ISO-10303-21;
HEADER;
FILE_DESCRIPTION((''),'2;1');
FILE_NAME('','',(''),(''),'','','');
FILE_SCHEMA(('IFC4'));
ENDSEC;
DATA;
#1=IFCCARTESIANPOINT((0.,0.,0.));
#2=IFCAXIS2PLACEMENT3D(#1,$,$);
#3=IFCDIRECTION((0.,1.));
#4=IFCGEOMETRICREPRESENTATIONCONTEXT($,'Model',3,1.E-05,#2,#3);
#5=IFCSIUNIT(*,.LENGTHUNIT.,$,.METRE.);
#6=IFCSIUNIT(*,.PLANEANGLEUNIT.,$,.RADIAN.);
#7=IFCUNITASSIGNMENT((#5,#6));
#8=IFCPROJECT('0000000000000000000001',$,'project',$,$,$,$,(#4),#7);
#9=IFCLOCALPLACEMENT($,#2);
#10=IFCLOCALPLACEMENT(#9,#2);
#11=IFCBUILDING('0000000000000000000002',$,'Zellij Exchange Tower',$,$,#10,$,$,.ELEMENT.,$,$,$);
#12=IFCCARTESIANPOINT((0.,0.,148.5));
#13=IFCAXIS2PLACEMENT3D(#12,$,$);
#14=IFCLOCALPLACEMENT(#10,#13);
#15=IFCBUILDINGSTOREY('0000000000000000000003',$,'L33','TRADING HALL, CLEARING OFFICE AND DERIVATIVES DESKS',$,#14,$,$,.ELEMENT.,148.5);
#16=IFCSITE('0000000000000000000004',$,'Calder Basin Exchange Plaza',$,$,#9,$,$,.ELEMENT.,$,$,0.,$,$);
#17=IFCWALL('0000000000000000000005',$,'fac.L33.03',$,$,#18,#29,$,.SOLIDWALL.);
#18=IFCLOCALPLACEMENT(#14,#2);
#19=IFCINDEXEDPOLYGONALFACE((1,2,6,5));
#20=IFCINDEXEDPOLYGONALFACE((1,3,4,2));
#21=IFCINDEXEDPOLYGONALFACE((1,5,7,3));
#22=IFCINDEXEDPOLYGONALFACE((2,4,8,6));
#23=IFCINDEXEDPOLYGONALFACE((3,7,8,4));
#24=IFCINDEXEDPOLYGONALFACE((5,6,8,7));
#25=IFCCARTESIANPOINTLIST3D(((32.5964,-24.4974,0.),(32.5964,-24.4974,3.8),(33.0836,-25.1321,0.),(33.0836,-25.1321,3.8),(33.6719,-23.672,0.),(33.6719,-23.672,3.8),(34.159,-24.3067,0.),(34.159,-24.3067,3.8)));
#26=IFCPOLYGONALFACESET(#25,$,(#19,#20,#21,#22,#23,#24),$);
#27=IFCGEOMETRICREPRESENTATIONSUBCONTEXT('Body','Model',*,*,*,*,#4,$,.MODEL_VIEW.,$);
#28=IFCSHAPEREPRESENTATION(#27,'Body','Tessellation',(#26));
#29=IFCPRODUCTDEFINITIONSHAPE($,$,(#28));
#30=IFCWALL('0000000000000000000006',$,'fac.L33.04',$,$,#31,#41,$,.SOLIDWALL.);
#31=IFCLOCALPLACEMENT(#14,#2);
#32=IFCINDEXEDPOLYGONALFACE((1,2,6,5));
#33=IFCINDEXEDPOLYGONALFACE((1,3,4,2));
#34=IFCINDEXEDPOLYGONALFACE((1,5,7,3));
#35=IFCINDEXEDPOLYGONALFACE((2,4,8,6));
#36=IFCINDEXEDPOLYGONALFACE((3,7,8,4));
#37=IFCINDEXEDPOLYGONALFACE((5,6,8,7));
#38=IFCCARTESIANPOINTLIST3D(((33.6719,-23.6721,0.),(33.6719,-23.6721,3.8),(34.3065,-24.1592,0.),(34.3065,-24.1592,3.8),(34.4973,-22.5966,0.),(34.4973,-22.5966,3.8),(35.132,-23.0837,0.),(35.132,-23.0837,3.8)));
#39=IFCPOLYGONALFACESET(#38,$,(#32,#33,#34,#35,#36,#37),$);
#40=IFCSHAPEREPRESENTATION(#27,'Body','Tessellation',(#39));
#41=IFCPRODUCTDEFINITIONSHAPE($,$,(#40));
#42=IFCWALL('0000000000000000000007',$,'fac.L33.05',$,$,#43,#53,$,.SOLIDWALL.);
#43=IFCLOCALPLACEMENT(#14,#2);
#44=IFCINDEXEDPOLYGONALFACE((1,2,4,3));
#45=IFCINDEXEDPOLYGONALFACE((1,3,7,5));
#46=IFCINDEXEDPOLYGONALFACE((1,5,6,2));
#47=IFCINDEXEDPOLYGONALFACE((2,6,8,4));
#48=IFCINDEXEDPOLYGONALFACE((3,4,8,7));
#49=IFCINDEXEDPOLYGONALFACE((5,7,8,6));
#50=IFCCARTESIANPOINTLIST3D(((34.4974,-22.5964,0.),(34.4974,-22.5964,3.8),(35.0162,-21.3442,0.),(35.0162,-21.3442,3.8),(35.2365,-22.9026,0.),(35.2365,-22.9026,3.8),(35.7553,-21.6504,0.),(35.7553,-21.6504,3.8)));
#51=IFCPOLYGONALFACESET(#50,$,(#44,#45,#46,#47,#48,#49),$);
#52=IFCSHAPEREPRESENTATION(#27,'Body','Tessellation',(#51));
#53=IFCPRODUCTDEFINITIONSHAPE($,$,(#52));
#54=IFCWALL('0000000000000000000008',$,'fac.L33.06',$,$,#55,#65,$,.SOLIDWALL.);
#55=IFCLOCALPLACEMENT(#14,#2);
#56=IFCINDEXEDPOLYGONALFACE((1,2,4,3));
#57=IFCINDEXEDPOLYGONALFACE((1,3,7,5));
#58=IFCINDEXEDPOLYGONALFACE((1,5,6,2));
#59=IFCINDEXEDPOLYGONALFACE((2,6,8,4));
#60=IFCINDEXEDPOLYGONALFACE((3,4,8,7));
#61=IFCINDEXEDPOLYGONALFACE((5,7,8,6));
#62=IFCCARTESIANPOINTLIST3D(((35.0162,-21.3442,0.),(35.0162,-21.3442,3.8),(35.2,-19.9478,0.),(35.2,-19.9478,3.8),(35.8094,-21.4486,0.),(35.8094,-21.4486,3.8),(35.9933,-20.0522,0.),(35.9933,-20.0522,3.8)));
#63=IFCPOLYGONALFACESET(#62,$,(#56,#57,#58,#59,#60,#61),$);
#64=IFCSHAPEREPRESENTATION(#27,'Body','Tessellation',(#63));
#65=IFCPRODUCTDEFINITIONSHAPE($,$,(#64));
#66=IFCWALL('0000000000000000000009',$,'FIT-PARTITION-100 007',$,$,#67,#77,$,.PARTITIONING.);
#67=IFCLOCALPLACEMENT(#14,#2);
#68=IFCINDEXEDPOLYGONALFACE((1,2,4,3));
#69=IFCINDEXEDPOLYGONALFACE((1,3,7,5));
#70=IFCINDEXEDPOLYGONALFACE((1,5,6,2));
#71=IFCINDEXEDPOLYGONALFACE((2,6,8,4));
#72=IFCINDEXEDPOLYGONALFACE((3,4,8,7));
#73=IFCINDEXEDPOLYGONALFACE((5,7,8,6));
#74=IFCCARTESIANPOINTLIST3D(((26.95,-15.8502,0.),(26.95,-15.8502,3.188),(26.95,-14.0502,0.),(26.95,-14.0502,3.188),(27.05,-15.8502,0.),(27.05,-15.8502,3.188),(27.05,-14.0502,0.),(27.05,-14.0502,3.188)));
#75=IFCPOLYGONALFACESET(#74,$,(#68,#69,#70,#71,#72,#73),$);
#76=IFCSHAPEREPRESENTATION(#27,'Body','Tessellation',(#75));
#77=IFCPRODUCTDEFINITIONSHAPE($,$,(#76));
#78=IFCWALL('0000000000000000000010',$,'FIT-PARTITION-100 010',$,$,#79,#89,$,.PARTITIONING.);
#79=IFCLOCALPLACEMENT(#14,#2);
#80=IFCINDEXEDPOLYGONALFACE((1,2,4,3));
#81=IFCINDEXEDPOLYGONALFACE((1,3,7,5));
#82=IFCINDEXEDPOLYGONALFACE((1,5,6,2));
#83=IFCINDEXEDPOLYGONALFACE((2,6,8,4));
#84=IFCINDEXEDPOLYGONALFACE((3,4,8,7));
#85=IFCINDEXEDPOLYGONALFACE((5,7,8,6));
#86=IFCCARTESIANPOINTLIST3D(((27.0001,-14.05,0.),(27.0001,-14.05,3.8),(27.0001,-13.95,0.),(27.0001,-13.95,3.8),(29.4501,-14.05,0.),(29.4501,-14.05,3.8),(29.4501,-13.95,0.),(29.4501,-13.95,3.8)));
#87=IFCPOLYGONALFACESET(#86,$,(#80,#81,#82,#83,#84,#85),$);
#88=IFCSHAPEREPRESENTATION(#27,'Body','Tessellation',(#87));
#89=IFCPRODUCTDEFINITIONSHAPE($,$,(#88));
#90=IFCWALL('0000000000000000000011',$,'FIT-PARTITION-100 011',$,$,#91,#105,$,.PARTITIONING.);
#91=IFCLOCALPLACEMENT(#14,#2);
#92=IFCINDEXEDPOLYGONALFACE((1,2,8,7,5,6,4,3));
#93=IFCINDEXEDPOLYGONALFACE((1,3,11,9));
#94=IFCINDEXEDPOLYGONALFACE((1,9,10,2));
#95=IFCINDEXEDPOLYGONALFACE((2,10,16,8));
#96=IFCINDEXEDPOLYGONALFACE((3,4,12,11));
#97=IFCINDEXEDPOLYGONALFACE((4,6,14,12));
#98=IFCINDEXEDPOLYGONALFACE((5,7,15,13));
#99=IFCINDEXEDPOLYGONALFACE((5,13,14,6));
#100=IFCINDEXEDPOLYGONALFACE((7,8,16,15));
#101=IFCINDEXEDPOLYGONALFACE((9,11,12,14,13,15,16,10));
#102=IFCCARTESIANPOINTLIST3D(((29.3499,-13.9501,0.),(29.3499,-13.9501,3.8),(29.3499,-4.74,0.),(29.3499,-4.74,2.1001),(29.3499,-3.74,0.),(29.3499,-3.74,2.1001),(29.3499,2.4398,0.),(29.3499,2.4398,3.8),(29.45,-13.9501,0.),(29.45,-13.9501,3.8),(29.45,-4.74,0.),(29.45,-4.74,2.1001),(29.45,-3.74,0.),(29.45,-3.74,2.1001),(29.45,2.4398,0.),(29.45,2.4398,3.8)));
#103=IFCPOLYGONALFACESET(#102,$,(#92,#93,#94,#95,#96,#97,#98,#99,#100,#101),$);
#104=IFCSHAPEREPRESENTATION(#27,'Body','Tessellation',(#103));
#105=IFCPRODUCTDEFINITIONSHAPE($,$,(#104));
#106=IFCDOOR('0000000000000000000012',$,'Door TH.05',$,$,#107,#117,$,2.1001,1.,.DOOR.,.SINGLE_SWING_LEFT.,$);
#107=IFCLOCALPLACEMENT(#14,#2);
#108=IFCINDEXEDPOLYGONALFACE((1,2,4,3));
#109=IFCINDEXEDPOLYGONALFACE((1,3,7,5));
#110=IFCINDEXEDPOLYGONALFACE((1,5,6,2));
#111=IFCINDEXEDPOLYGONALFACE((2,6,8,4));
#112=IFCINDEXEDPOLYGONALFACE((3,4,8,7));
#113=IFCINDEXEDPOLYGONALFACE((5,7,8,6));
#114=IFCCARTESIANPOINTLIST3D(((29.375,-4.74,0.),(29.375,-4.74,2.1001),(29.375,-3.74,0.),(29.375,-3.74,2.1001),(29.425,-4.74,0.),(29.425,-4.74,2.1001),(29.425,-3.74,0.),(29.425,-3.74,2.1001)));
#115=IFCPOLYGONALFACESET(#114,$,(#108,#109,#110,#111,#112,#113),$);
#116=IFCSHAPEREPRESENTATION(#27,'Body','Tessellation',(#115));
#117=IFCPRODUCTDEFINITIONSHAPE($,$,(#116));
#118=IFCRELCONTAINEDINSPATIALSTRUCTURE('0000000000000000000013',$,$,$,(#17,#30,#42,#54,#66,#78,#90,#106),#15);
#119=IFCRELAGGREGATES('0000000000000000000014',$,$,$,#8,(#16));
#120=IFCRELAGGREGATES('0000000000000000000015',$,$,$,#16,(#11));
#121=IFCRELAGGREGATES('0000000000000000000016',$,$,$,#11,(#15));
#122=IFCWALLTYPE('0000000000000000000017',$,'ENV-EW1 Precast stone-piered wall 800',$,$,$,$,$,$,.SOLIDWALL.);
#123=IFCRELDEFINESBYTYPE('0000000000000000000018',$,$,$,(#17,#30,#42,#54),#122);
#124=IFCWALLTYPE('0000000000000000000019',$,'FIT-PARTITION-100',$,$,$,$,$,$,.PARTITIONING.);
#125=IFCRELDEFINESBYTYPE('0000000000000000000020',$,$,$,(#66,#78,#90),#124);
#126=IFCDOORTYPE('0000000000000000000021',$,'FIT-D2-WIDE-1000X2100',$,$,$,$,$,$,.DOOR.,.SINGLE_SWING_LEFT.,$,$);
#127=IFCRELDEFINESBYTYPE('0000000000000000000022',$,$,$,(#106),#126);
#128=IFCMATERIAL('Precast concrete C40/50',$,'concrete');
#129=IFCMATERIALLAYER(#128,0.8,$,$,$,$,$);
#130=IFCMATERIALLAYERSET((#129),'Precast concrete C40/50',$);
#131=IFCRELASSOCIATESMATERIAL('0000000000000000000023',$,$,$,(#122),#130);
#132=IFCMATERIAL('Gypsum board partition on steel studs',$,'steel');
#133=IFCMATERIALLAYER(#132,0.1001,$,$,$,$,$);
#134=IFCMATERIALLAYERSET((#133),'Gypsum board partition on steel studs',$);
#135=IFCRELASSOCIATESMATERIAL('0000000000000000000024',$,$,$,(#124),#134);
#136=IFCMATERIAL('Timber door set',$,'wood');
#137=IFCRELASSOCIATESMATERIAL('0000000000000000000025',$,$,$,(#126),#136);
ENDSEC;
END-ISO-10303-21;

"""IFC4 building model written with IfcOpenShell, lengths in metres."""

from ifc_helpers import new_model, si_unit, direction, frame, frame_2d, origin, place, context, subcontext, project, spatial, rectangle, extrude, material, layer, layer_set, type_object, element, fill, save


model = new_model("IFC4")

# Units and contexts
model_context = context("Model", 3, precision=1e-05, world=origin(), true_north=direction((0.0, 1.0)))
body_context = subcontext(model_context, "Body", "Model", "MODEL_VIEW")
ifc_project = project(units=[si_unit("LENGTHUNIT", "METRE"), si_unit("PLANEANGLEUNIT", "RADIAN")], contexts=[model_context])

# Site, building, storey
site_placement = place(None, origin())
site = spatial("IfcSite", under=ifc_project, at=site_placement, Name="Calder Basin Exchange Plaza", CompositionType="ELEMENT", RefElevation=0.0)
building_placement = place(site_placement, origin())
building = spatial("IfcBuilding", under=site, at=building_placement, Name="Zellij Exchange Tower", CompositionType="ELEMENT")
storey_placement = place(building_placement, frame((0.0, 0.0, 148.5)))
storey = spatial("IfcBuildingStorey", under=building, at=storey_placement, Name="L33", Description="TRADING HALL, CLEARING OFFICE AND DERIVATIVES DESKS", CompositionType="ELEMENT", Elevation=148.5)

# Walls
ifc_material_1 = material(Name="Precast concrete C40/50", Category="concrete")
ifc_layer_1 = layer(ifc_material_1, 0.8)
ifc_layer_set_1 = layer_set([ifc_layer_1], Name="Precast concrete C40/50")
wall_type_1 = type_object("IfcWallType", Name="ENV-EW1 Precast stone-piered wall 800", PredefinedType="SOLIDWALL", material=ifc_layer_set_1)
for number, where, z_axis, x_axis, name in (
    (1, (32.8401, -24.8147, 0.0), (0.0, 0.0, 1.0), (0.793273, 0.608866, 0.0), "fac.L33.03"),
    (2, (33.9893, -23.9155, 0.0), (0.0, 0.0, 1.0), (0.608866, 0.793273, 0.0), "fac.L33.04"),
):
    element("IfcWall", number, at=place(storey_placement, frame(where, z_axis=z_axis, x_axis=x_axis)), inside=storey, type_object=wall_type_1, Name=name, PredefinedType="SOLIDWALL", context=body_context, shape_type="SweptSolid", body=[
        extrude(rectangle(XDim=1.3557, YDim=0.8, at=frame_2d((0.6777, 0.0))), origin(), (0.0, 0.0, 1.0), 3.8),
    ])
wall_1_placement = place(storey_placement, frame((34.8669, -22.7495, 0.0), z_axis=(0.0, 0.0, 1.0), x_axis=(0.38276, 0.923848, 0.0)))
element("IfcWall", 3, at=wall_1_placement, inside=storey, type_object=wall_type_1, Name="fac.L33.05", PredefinedType="SOLIDWALL", context=body_context, shape_type="SweptSolid", body=[
    extrude(rectangle(XDim=1.3555, YDim=0.8, at=frame_2d((0.6777, 0.0))), origin(), (0.0, 0.0, 1.0), 3.8),
])
wall_2_placement = place(storey_placement, frame((35.4128, -21.3962, 0.0), z_axis=(0.0, 0.0, 1.0), x_axis=(0.130517, 0.991446, 0.0)))
element("IfcWall", 4, at=wall_2_placement, inside=storey, type_object=wall_type_1, Name="fac.L33.06", PredefinedType="SOLIDWALL", context=body_context, shape_type="SweptSolid", body=[
    extrude(rectangle(XDim=1.4084, YDim=0.8, at=frame_2d((0.7041, 0.0))), origin(), (0.0, 0.0, 1.0), 3.8),
])

# Walls
ifc_material_2 = material(Name="Gypsum board partition on steel studs", Category="steel")
ifc_layer_2 = layer(ifc_material_2, 0.1001)
ifc_layer_set_2 = layer_set([ifc_layer_2], Name="Gypsum board partition on steel studs")
wall_type_2 = type_object("IfcWallType", Name="FIT-PARTITION-100", PredefinedType="PARTITIONING", material=ifc_layer_set_2)
wall_3_placement = place(storey_placement, frame((27.0, -15.8501, 0.0), z_axis=(0.0, 0.0, 1.0), x_axis=(0.0, 1.0, 0.0)))
element("IfcWall", 5, at=wall_3_placement, inside=storey, type_object=wall_type_2, Name="FIT-PARTITION-100 007", PredefinedType="PARTITIONING", context=body_context, shape_type="SweptSolid", body=[
    extrude(rectangle(XDim=1.8, YDim=0.1001, at=frame_2d((0.8999, 0.0))), origin(), (0.0, 0.0, 1.0), 3.188),
])
wall_4_placement = place(storey_placement, frame((27.0, -14.0, 0.0), z_axis=(0.0, 0.0, 1.0), x_axis=(1.0, 0.0, 0.0)))
element("IfcWall", 6, at=wall_4_placement, inside=storey, type_object=wall_type_2, Name="FIT-PARTITION-100 010", PredefinedType="PARTITIONING", context=body_context, shape_type="SweptSolid", body=[
    extrude(rectangle(XDim=2.45, YDim=0.1001, at=frame_2d((1.2251, 0.0))), origin(), (0.0, 0.0, 1.0), 3.8),
])

# Wall, opening, door
wall_5_placement = place(storey_placement, frame((29.3999, -13.95, 0.0), z_axis=(0.0, 0.0, 1.0), x_axis=(0.0, 1.0, 0.0)))
wall_5 = element("IfcWall", 7, at=wall_5_placement, inside=storey, type_object=wall_type_2, Name="FIT-PARTITION-100 011", PredefinedType="PARTITIONING", context=body_context, shape_type="SweptSolid", body=[
    extrude(rectangle(XDim=16.3899, YDim=0.1001, at=frame_2d((8.1948, 0.0))), origin(), (0.0, 0.0, 1.0), 3.8),
])
opening_1_placement = place(wall_5_placement, frame((9.21, 0.0, 0.0)))
opening_1 = element("IfcOpeningElement", 8, at=opening_1_placement, cuts=wall_5, PredefinedType="OPENING", context=body_context, shape_type="SweptSolid", body=[
    extrude(rectangle(XDim=1.0, YDim=2.1001, at=frame_2d((0.5, 1.05))), frame((0.0, 0.062, 0.0), z_axis=(0.0, -1.0, 0.0), x_axis=(1.0, 0.0, 0.0)), (0.0, 0.0, 1.0), 0.124),
])
ifc_material_3 = material(Name="Timber door set", Category="wood")
door_type = type_object("IfcDoorType", Name="FIT-D2-WIDE-1000X2100", OperationType="SINGLE_SWING_LEFT", PredefinedType="DOOR", material=ifc_material_3)
door_placement = place(opening_1_placement, origin())
door = element("IfcDoor", 9, at=door_placement, inside=storey, type_object=door_type, Name="Door TH.05", OperationType="SINGLE_SWING_LEFT", OverallHeight=2.1001, OverallWidth=1.0, PredefinedType="DOOR", context=body_context, shape_type="SweptSolid", body=[
    extrude(rectangle(XDim=1.0, YDim=2.1001, at=frame_2d((0.5, 1.05))), frame((0.0, 0.0249, 0.0), z_axis=(0.0, -1.0, 0.0), x_axis=(1.0, 0.0, 0.0)), (0.0, 0.0, 1.0), 0.05),
])
fill(opening_1, door)

save(model, "model.ifc")
